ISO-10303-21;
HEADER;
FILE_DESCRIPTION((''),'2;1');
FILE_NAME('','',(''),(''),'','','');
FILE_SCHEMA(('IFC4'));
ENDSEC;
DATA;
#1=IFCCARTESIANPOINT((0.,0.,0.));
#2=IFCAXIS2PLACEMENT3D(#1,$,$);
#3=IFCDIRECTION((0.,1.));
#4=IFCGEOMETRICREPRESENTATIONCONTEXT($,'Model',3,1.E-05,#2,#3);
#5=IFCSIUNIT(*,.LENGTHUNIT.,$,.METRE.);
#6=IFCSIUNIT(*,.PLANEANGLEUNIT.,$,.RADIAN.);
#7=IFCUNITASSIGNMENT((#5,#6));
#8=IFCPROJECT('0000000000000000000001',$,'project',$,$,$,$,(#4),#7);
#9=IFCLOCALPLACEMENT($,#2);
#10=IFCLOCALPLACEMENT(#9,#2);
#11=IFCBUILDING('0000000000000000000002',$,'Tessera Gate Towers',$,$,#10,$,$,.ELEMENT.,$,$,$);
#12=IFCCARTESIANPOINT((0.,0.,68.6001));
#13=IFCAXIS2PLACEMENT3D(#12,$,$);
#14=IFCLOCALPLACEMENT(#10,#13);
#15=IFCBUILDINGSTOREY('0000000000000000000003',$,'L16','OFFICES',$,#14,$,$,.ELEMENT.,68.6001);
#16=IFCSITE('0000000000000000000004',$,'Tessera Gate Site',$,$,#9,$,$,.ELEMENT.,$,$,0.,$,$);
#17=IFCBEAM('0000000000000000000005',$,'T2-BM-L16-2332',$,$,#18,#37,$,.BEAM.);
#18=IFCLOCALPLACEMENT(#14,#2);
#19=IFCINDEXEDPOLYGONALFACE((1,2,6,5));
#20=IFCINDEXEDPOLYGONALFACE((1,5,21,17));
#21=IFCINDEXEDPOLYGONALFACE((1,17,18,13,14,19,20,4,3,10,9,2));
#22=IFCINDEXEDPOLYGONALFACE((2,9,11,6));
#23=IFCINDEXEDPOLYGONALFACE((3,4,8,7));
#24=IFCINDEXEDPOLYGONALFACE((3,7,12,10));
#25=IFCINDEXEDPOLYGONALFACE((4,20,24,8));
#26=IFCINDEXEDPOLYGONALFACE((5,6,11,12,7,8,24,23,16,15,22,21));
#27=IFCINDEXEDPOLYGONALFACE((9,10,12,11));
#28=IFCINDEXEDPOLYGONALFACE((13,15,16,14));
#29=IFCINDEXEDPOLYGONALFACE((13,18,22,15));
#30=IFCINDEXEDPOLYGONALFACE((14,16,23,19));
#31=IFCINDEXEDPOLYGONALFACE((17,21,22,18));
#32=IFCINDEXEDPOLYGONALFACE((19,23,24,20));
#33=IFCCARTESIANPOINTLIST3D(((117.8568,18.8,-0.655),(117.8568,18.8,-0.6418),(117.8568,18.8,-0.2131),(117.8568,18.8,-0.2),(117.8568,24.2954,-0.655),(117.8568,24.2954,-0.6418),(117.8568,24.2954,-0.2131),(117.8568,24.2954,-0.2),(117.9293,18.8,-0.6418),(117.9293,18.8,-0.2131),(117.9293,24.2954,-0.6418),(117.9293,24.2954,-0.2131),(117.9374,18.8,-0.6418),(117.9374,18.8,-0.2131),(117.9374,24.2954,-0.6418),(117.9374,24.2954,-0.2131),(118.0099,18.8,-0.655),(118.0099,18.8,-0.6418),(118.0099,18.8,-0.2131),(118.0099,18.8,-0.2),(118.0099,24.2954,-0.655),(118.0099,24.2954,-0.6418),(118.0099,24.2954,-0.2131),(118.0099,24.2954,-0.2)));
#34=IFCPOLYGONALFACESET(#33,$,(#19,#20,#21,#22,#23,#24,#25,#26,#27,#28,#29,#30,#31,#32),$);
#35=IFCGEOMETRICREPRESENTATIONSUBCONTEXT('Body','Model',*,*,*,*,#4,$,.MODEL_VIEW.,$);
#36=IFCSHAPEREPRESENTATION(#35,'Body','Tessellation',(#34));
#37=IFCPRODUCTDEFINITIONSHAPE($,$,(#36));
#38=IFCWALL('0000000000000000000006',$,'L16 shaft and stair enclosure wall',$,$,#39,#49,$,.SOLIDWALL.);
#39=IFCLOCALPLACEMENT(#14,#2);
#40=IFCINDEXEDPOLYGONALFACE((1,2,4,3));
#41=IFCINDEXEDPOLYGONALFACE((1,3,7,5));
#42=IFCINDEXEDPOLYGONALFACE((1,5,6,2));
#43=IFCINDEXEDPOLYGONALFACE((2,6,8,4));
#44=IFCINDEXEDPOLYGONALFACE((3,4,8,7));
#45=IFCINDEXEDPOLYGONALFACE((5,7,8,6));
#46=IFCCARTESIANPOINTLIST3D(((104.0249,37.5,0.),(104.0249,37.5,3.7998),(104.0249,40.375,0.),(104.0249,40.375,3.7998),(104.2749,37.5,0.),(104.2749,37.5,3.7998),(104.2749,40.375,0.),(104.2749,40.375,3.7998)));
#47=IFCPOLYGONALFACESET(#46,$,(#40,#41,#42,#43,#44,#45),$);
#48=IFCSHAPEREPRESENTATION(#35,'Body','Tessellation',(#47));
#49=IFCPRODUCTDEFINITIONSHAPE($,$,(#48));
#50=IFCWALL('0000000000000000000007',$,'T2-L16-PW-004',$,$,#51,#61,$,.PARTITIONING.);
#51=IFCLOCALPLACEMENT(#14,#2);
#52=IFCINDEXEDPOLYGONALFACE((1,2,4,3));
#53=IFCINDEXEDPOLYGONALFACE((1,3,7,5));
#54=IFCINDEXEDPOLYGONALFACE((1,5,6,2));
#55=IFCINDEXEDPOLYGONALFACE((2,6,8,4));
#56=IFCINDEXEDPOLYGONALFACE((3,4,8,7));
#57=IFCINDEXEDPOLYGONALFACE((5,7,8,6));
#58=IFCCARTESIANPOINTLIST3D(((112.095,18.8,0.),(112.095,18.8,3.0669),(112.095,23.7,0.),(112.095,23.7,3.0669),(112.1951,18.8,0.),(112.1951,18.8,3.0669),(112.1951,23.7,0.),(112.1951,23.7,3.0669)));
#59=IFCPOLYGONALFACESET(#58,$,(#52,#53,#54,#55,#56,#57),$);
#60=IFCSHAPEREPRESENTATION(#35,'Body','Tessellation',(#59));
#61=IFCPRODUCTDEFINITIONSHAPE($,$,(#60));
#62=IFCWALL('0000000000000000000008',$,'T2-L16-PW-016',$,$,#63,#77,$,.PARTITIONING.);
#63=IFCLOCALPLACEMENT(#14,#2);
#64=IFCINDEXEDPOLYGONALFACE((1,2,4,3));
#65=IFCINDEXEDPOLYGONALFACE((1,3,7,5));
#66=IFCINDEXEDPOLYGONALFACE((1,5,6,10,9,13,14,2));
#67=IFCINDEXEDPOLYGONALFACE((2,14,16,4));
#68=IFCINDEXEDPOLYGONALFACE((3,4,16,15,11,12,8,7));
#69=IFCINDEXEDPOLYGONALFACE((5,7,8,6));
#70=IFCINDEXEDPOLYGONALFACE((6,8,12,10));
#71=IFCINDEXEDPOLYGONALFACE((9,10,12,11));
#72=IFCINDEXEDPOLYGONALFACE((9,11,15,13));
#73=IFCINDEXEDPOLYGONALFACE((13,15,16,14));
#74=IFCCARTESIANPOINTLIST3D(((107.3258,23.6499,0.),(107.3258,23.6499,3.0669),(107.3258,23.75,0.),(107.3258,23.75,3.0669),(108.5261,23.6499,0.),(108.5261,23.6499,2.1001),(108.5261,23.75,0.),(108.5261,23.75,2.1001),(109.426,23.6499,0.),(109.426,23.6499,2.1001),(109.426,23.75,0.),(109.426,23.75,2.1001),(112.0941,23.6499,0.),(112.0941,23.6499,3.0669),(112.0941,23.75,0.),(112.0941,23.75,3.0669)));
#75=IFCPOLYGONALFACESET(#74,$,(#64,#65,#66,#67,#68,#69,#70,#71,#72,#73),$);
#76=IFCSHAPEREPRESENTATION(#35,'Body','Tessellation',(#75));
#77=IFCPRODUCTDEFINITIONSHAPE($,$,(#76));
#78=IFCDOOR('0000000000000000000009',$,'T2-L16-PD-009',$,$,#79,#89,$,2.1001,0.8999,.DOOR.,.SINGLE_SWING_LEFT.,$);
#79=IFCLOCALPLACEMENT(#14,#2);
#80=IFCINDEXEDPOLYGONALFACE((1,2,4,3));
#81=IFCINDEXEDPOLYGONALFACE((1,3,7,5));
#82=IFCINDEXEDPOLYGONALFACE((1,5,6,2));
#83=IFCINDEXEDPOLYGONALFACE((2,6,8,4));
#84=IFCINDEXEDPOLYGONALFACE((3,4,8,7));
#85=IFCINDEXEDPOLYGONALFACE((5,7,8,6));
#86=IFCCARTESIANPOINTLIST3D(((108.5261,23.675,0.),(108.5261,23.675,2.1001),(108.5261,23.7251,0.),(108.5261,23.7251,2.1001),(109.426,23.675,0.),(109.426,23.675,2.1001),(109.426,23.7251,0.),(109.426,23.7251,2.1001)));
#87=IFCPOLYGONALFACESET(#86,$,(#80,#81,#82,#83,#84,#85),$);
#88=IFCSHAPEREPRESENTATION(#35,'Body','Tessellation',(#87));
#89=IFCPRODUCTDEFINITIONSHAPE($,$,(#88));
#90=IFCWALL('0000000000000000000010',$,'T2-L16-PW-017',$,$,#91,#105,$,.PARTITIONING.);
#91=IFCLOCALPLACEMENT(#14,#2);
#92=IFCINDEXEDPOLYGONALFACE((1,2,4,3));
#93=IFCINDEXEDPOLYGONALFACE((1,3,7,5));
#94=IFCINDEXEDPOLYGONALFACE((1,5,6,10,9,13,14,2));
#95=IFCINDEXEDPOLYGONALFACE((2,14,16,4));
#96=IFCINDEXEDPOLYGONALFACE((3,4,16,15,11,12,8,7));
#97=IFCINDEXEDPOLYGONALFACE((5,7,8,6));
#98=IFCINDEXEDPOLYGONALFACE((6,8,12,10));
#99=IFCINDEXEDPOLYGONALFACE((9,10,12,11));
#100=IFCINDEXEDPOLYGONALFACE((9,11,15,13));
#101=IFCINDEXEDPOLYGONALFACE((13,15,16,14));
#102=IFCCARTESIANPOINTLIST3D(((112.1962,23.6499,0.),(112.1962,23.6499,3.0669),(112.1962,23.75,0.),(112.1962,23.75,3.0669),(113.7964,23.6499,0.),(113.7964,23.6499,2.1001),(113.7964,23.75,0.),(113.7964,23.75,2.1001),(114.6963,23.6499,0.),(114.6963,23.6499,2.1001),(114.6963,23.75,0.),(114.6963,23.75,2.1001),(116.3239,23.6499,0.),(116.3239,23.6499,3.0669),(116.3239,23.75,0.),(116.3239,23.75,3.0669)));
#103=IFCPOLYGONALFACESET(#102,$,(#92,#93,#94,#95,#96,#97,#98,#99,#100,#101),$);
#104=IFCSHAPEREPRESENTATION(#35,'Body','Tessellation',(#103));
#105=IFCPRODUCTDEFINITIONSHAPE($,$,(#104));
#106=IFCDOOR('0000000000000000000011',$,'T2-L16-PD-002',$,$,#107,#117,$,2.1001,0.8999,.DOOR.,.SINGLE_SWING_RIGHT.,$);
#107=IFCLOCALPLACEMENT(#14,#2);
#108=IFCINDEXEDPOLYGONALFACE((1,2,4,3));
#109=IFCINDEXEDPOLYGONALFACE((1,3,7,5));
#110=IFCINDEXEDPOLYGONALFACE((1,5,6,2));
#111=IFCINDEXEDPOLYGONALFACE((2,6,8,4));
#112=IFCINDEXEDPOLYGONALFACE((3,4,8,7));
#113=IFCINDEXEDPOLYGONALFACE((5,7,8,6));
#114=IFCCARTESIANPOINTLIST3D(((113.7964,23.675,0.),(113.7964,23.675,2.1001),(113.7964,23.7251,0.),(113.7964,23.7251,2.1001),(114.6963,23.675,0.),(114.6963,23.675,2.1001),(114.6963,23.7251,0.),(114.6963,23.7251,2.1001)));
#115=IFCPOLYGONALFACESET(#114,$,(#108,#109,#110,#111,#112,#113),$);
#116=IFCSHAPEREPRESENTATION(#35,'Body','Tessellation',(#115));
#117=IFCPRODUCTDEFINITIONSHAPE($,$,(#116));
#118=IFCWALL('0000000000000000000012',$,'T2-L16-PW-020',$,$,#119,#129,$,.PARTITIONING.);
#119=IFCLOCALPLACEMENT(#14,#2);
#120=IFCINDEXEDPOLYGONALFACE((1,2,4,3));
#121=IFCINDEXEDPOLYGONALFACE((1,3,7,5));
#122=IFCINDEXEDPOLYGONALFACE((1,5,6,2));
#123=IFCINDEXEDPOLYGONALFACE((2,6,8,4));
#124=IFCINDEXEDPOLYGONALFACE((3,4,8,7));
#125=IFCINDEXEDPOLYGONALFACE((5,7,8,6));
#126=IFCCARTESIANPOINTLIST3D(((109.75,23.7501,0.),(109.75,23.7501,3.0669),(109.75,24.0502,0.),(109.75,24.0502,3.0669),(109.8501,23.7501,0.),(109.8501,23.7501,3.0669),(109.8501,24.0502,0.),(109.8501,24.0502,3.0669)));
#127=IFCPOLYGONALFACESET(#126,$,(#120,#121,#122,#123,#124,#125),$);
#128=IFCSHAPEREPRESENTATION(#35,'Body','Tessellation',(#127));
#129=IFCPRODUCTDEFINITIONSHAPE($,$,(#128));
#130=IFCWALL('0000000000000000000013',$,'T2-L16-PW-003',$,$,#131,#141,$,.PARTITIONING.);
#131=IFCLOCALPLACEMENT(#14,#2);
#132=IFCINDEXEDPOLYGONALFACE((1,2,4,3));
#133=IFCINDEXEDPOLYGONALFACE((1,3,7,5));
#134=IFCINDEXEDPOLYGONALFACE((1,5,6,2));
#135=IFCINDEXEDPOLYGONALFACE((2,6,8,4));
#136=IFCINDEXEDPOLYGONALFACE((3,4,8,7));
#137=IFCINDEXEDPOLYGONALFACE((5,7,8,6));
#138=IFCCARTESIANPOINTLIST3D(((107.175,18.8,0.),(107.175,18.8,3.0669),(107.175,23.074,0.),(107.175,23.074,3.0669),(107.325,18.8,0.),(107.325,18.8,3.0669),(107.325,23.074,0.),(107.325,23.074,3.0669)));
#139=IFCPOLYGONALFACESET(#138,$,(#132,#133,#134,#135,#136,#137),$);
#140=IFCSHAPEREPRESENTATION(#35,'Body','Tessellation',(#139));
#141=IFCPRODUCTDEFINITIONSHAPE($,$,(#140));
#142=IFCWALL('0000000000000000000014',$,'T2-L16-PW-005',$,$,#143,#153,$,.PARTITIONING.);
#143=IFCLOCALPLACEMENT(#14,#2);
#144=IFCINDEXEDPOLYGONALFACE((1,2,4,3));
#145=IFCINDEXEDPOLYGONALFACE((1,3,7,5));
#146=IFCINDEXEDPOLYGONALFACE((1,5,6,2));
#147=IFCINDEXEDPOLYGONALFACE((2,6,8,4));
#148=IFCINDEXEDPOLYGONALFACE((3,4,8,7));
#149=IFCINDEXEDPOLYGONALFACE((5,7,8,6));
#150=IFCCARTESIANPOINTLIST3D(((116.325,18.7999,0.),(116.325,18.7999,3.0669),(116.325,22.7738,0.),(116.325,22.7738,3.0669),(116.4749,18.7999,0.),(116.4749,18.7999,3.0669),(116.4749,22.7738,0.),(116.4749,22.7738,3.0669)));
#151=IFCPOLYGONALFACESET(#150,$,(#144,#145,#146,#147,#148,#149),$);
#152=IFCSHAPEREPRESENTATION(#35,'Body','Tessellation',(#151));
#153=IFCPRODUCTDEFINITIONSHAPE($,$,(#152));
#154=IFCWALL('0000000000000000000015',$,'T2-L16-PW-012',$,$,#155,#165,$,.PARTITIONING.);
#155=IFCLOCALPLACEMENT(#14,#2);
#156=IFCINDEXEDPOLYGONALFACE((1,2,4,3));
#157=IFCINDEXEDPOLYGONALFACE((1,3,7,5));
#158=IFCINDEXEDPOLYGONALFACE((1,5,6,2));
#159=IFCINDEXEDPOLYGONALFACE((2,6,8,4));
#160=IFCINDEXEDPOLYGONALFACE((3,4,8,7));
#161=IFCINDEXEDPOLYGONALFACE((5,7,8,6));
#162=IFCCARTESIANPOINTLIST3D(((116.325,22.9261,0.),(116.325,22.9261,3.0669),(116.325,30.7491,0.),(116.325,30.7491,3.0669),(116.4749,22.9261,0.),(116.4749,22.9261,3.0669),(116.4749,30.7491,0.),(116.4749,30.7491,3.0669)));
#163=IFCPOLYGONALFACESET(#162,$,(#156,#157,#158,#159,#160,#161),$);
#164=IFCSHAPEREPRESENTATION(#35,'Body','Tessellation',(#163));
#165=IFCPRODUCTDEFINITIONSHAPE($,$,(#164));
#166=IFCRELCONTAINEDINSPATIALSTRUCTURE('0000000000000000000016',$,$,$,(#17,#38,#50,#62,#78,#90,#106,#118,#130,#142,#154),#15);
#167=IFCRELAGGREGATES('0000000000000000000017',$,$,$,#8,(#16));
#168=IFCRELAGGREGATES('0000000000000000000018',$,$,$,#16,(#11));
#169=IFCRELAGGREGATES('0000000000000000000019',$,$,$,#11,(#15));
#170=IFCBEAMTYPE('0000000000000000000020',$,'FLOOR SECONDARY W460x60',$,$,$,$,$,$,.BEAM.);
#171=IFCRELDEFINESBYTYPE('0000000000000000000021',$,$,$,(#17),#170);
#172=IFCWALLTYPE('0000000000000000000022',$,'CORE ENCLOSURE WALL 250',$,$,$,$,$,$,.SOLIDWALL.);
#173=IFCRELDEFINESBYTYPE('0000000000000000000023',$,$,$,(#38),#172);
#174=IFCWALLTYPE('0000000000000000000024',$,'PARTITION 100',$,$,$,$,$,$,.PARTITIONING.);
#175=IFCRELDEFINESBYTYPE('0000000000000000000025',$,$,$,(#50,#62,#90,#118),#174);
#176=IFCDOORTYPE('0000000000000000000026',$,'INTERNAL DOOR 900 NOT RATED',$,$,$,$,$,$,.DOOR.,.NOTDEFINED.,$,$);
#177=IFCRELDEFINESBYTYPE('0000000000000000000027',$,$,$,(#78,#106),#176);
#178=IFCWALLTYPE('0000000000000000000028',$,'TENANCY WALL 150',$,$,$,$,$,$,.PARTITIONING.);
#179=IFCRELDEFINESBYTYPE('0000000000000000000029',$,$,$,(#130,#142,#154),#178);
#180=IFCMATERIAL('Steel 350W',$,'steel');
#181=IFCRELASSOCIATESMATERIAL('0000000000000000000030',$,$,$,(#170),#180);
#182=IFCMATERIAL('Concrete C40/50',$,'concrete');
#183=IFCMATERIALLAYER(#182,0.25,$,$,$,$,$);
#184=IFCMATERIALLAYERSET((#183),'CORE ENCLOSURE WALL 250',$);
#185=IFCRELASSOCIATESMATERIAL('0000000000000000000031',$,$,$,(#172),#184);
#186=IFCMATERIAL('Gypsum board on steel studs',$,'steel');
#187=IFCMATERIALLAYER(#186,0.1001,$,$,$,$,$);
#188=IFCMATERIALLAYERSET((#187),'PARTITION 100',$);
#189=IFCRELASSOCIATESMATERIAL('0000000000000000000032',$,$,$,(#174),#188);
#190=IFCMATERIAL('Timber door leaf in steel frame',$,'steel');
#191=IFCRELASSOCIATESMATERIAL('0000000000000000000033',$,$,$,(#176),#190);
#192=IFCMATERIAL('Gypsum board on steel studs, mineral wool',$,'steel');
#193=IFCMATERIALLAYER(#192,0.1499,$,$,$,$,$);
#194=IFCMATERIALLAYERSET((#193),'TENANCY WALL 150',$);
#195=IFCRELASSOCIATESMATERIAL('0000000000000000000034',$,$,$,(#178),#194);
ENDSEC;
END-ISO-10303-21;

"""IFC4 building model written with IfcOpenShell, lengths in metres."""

from ifc_helpers import new_model, si_unit, direction, frame, frame_2d, origin, origin_2d, place, context, subcontext, project, spatial, rectangle, i_section, extrude, source, transform, mapped, material, layer, layer_set, material_profile, profile_set, type_object, element, fill, save


model = new_model("IFC4")

# Units and contexts
model_context = context("Model", 3, precision=1e-05, world=origin(), true_north=direction((0.0, 1.0)))
body_context = subcontext(model_context, "Body", "Model", "MODEL_VIEW")
ifc_project = project(units=[si_unit("LENGTHUNIT", "METRE"), si_unit("PLANEANGLEUNIT", "RADIAN")], contexts=[model_context])

# Site, building, storey
site_placement = place(None, origin())
site = spatial("IfcSite", under=ifc_project, at=site_placement, Name="Tessera Gate Site", CompositionType="ELEMENT", RefElevation=0.0)
building_placement = place(site_placement, origin())
building = spatial("IfcBuilding", under=site, at=building_placement, Name="Tessera Gate Towers", CompositionType="ELEMENT")
storey_placement = place(building_placement, frame((0.0, 0.0, 68.6001)))
storey = spatial("IfcBuildingStorey", under=building, at=storey_placement, Name="L16", Description="OFFICES", CompositionType="ELEMENT", Elevation=68.6001)

# Beam
ifc_material_1 = material(Name="Steel 350W", Category="steel")
ifc_material_profile_1 = material_profile(ifc_material_1, i_section(OverallWidth=0.1531, OverallDepth=0.4551, WebThickness=0.0081, FlangeThickness=0.0132, at=origin_2d()), Name="W460x60")
ifc_profile_set_1 = profile_set([ifc_material_profile_1], Name="Steel 350W")
beam_type_1 = type_object("IfcBeamType", Name="FLOOR SECONDARY W460x60", PredefinedType="BEAM", material=ifc_profile_set_1)
beam_1_placement = place(storey_placement, frame((117.9333, 18.8, -0.4275), z_axis=(0.0, 1.0, 0.0), x_axis=(-1.0, 0.0, 0.0)))
element("IfcBeam", 1, at=beam_1_placement, inside=storey, type_object=beam_type_1, Name="T2-BM-L16-2332", PredefinedType="BEAM", context=body_context, shape_type="SweptSolid", body=[
    extrude(i_section(OverallWidth=0.1531, OverallDepth=0.4551, WebThickness=0.0081, FlangeThickness=0.0132, at=origin_2d()), origin(), (0.0, 0.0, 1.0), 5.4954),
])

# Walls
ifc_material_2 = material(Name="Concrete C40/50", Category="concrete")
ifc_layer_1 = layer(ifc_material_2, 0.25)
ifc_layer_set_1 = layer_set([ifc_layer_1], Name="CORE ENCLOSURE WALL 250")
wall_type_1 = type_object("IfcWallType", Name="CORE ENCLOSURE WALL 250", PredefinedType="SOLIDWALL", material=ifc_layer_set_1)
wall_1_placement = place(storey_placement, frame((104.1499, 37.5, 0.0), z_axis=(0.0, 0.0, 1.0), x_axis=(0.0, 1.0, 0.0)))
element("IfcWall", 2, at=wall_1_placement, inside=storey, type_object=wall_type_1, Name="L16 shaft and stair enclosure wall", PredefinedType="SOLIDWALL", context=body_context, shape_type="SweptSolid", body=[
    extrude(rectangle(XDim=2.875, YDim=0.25, at=frame_2d((1.4375, 0.0))), origin(), (0.0, 0.0, 1.0), 3.7998),
])
ifc_material_3 = material(Name="Gypsum board on steel studs", Category="steel")
ifc_layer_2 = layer(ifc_material_3, 0.1001)
ifc_layer_set_2 = layer_set([ifc_layer_2], Name="PARTITION 100")
wall_type_2 = type_object("IfcWallType", Name="PARTITION 100", PredefinedType="PARTITIONING", material=ifc_layer_set_2)
wall_2_placement = place(storey_placement, frame((112.145, 18.8, 0.0), z_axis=(0.0, 0.0, 1.0), x_axis=(0.0, 1.0, 0.0)))
element("IfcWall", 3, at=wall_2_placement, inside=storey, type_object=wall_type_2, Name="T2-L16-PW-004", PredefinedType="PARTITIONING", context=body_context, shape_type="SweptSolid", body=[
    extrude(rectangle(XDim=4.8999, YDim=0.1001, at=frame_2d((2.45, 0.0))), origin(), (0.0, 0.0, 1.0), 3.0669),
])

# Walls, openings, doors
wall_3_placement = place(storey_placement, frame((112.0942, 23.7, 0.0), z_axis=(0.0, 0.0, 1.0), x_axis=(-1.0, 0.0, 0.0)))
wall_3 = element("IfcWall", 4, at=wall_3_placement, inside=storey, type_object=wall_type_2, Name="T2-L16-PW-016", PredefinedType="PARTITIONING", context=body_context, shape_type="SweptSolid", body=[
    extrude(rectangle(XDim=4.7683, YDim=0.1001, at=frame_2d((2.3843, 0.0))), origin(), (0.0, 0.0, 1.0), 3.0669),
])
shared_shape_1 = source(origin(), body_context, "Body", "SweptSolid", [
    extrude(rectangle(XDim=0.8999, YDim=2.1001, at=frame_2d((0.45, 1.05))), frame((0.0, 0.0601, 0.0), z_axis=(0.0, -1.0, 0.0), x_axis=(1.0, 0.0, 0.0)), (0.0, 0.0, 1.0), 0.1201),
])
opening_1_placement = place(wall_3_placement, frame((2.6682, 0.0, 0.0)))
opening_1 = element("IfcOpeningElement", 5, at=opening_1_placement, cuts=wall_3, PredefinedType="OPENING", context=body_context, shape_type="MappedRepresentation", body=[
    mapped(shared_shape_1, transform((0.0, 0.0, 0.0), scale=1.0)),
])
ifc_material_4 = material(Name="Timber door leaf in steel frame", Category="steel")
door_type = type_object("IfcDoorType", Name="INTERNAL DOOR 900 NOT RATED", OperationType="NOTDEFINED", PredefinedType="DOOR", material=ifc_material_4)
shared_shape_2 = source(origin(), body_context, "Body", "SweptSolid", [
    extrude(rectangle(XDim=0.8999, YDim=2.1001, at=frame_2d((0.45, 1.05))), frame((0.0, 0.0249, 0.0), z_axis=(0.0, -1.0, 0.0), x_axis=(1.0, 0.0, 0.0)), (0.0, 0.0, 1.0), 0.05),
])
door_1_placement = place(opening_1_placement, origin())
door_1 = element("IfcDoor", 6, at=door_1_placement, inside=storey, type_object=door_type, Name="T2-L16-PD-009", OperationType="SINGLE_SWING_LEFT", OverallHeight=2.1001, OverallWidth=0.8999, PredefinedType="DOOR", context=body_context, shape_type="MappedRepresentation", body=[
    mapped(shared_shape_2, transform((0.0, 0.0, 0.0), scale=1.0)),
])
fill(opening_1, door_1)
wall_4_placement = place(storey_placement, frame((116.324, 23.7, 0.0), z_axis=(0.0, 0.0, 1.0), x_axis=(-1.0, 0.0, 0.0)))
wall_4 = element("IfcWall", 7, at=wall_4_placement, inside=storey, type_object=wall_type_2, Name="T2-L16-PW-017", PredefinedType="PARTITIONING", context=body_context, shape_type="SweptSolid", body=[
    extrude(rectangle(XDim=4.1277, YDim=0.1001, at=frame_2d((2.064, 0.0))), origin(), (0.0, 0.0, 1.0), 3.0669),
])
opening_2_placement = place(wall_4_placement, frame((1.6277, 0.0, 0.0)))
opening_2 = element("IfcOpeningElement", 8, at=opening_2_placement, cuts=wall_4, PredefinedType="OPENING", context=body_context, shape_type="MappedRepresentation", body=[
    mapped(shared_shape_1, transform((0.0, 0.0, 0.0), scale=1.0)),
])
door_2_placement = place(opening_2_placement, origin())
door_2 = element("IfcDoor", 9, at=door_2_placement, inside=storey, type_object=door_type, Name="T2-L16-PD-002", OperationType="SINGLE_SWING_RIGHT", OverallHeight=2.1001, OverallWidth=0.8999, PredefinedType="DOOR", context=body_context, shape_type="MappedRepresentation", body=[
    mapped(shared_shape_2, transform((0.0, 0.0, 0.0), scale=1.0)),
])
fill(opening_2, door_2)

# Walls
wall_5_placement = place(storey_placement, frame((109.8, 24.05, 0.0), z_axis=(0.0, 0.0, 1.0), x_axis=(0.0, -1.0, 0.0)))
element("IfcWall", 10, at=wall_5_placement, inside=storey, type_object=wall_type_2, Name="T2-L16-PW-020", PredefinedType="PARTITIONING", context=body_context, shape_type="SweptSolid", body=[
    extrude(rectangle(XDim=0.3, YDim=0.1001, at=frame_2d((0.1499, 0.0))), origin(), (0.0, 0.0, 1.0), 3.0669),
])
ifc_material_5 = material(Name="Gypsum board on steel studs, mineral wool", Category="steel")
ifc_layer_3 = layer(ifc_material_5, 0.1499)
ifc_layer_set_3 = layer_set([ifc_layer_3], Name="TENANCY WALL 150")
wall_type_3 = type_object("IfcWallType", Name="TENANCY WALL 150", PredefinedType="PARTITIONING", material=ifc_layer_set_3)
wall_6_placement = place(storey_placement, frame((107.25, 18.8, 0.0), z_axis=(0.0, 0.0, 1.0), x_axis=(0.0, 1.0, 0.0)))
element("IfcWall", 11, at=wall_6_placement, inside=storey, type_object=wall_type_3, Name="T2-L16-PW-003", PredefinedType="PARTITIONING", context=body_context, shape_type="SweptSolid", body=[
    extrude(rectangle(XDim=4.2739, YDim=0.1499, at=frame_2d((2.137, 0.0))), origin(), (0.0, 0.0, 1.0), 3.0669),
])
wall_7_placement = place(storey_placement, frame((116.3999, 18.8, 0.0), z_axis=(0.0, 0.0, 1.0), x_axis=(0.0, 1.0, 0.0)))
element("IfcWall", 12, at=wall_7_placement, inside=storey, type_object=wall_type_3, Name="T2-L16-PW-005", PredefinedType="PARTITIONING", context=body_context, shape_type="SweptSolid", body=[
    extrude(rectangle(XDim=3.9739, YDim=0.1499, at=frame_2d((1.9868, 0.0))), origin(), (0.0, 0.0, 1.0), 3.0669),
])
wall_8_placement = place(storey_placement, frame((116.3999, 22.926, 0.0), z_axis=(0.0, 0.0, 1.0), x_axis=(0.0, 1.0, 0.0)))
element("IfcWall", 13, at=wall_8_placement, inside=storey, type_object=wall_type_3, Name="T2-L16-PW-012", PredefinedType="PARTITIONING", context=body_context, shape_type="SweptSolid", body=[
    extrude(rectangle(XDim=7.823, YDim=0.1499, at=frame_2d((3.9116, 0.0))), origin(), (0.0, 0.0, 1.0), 3.0669),
])

save(model, "model.ifc")
